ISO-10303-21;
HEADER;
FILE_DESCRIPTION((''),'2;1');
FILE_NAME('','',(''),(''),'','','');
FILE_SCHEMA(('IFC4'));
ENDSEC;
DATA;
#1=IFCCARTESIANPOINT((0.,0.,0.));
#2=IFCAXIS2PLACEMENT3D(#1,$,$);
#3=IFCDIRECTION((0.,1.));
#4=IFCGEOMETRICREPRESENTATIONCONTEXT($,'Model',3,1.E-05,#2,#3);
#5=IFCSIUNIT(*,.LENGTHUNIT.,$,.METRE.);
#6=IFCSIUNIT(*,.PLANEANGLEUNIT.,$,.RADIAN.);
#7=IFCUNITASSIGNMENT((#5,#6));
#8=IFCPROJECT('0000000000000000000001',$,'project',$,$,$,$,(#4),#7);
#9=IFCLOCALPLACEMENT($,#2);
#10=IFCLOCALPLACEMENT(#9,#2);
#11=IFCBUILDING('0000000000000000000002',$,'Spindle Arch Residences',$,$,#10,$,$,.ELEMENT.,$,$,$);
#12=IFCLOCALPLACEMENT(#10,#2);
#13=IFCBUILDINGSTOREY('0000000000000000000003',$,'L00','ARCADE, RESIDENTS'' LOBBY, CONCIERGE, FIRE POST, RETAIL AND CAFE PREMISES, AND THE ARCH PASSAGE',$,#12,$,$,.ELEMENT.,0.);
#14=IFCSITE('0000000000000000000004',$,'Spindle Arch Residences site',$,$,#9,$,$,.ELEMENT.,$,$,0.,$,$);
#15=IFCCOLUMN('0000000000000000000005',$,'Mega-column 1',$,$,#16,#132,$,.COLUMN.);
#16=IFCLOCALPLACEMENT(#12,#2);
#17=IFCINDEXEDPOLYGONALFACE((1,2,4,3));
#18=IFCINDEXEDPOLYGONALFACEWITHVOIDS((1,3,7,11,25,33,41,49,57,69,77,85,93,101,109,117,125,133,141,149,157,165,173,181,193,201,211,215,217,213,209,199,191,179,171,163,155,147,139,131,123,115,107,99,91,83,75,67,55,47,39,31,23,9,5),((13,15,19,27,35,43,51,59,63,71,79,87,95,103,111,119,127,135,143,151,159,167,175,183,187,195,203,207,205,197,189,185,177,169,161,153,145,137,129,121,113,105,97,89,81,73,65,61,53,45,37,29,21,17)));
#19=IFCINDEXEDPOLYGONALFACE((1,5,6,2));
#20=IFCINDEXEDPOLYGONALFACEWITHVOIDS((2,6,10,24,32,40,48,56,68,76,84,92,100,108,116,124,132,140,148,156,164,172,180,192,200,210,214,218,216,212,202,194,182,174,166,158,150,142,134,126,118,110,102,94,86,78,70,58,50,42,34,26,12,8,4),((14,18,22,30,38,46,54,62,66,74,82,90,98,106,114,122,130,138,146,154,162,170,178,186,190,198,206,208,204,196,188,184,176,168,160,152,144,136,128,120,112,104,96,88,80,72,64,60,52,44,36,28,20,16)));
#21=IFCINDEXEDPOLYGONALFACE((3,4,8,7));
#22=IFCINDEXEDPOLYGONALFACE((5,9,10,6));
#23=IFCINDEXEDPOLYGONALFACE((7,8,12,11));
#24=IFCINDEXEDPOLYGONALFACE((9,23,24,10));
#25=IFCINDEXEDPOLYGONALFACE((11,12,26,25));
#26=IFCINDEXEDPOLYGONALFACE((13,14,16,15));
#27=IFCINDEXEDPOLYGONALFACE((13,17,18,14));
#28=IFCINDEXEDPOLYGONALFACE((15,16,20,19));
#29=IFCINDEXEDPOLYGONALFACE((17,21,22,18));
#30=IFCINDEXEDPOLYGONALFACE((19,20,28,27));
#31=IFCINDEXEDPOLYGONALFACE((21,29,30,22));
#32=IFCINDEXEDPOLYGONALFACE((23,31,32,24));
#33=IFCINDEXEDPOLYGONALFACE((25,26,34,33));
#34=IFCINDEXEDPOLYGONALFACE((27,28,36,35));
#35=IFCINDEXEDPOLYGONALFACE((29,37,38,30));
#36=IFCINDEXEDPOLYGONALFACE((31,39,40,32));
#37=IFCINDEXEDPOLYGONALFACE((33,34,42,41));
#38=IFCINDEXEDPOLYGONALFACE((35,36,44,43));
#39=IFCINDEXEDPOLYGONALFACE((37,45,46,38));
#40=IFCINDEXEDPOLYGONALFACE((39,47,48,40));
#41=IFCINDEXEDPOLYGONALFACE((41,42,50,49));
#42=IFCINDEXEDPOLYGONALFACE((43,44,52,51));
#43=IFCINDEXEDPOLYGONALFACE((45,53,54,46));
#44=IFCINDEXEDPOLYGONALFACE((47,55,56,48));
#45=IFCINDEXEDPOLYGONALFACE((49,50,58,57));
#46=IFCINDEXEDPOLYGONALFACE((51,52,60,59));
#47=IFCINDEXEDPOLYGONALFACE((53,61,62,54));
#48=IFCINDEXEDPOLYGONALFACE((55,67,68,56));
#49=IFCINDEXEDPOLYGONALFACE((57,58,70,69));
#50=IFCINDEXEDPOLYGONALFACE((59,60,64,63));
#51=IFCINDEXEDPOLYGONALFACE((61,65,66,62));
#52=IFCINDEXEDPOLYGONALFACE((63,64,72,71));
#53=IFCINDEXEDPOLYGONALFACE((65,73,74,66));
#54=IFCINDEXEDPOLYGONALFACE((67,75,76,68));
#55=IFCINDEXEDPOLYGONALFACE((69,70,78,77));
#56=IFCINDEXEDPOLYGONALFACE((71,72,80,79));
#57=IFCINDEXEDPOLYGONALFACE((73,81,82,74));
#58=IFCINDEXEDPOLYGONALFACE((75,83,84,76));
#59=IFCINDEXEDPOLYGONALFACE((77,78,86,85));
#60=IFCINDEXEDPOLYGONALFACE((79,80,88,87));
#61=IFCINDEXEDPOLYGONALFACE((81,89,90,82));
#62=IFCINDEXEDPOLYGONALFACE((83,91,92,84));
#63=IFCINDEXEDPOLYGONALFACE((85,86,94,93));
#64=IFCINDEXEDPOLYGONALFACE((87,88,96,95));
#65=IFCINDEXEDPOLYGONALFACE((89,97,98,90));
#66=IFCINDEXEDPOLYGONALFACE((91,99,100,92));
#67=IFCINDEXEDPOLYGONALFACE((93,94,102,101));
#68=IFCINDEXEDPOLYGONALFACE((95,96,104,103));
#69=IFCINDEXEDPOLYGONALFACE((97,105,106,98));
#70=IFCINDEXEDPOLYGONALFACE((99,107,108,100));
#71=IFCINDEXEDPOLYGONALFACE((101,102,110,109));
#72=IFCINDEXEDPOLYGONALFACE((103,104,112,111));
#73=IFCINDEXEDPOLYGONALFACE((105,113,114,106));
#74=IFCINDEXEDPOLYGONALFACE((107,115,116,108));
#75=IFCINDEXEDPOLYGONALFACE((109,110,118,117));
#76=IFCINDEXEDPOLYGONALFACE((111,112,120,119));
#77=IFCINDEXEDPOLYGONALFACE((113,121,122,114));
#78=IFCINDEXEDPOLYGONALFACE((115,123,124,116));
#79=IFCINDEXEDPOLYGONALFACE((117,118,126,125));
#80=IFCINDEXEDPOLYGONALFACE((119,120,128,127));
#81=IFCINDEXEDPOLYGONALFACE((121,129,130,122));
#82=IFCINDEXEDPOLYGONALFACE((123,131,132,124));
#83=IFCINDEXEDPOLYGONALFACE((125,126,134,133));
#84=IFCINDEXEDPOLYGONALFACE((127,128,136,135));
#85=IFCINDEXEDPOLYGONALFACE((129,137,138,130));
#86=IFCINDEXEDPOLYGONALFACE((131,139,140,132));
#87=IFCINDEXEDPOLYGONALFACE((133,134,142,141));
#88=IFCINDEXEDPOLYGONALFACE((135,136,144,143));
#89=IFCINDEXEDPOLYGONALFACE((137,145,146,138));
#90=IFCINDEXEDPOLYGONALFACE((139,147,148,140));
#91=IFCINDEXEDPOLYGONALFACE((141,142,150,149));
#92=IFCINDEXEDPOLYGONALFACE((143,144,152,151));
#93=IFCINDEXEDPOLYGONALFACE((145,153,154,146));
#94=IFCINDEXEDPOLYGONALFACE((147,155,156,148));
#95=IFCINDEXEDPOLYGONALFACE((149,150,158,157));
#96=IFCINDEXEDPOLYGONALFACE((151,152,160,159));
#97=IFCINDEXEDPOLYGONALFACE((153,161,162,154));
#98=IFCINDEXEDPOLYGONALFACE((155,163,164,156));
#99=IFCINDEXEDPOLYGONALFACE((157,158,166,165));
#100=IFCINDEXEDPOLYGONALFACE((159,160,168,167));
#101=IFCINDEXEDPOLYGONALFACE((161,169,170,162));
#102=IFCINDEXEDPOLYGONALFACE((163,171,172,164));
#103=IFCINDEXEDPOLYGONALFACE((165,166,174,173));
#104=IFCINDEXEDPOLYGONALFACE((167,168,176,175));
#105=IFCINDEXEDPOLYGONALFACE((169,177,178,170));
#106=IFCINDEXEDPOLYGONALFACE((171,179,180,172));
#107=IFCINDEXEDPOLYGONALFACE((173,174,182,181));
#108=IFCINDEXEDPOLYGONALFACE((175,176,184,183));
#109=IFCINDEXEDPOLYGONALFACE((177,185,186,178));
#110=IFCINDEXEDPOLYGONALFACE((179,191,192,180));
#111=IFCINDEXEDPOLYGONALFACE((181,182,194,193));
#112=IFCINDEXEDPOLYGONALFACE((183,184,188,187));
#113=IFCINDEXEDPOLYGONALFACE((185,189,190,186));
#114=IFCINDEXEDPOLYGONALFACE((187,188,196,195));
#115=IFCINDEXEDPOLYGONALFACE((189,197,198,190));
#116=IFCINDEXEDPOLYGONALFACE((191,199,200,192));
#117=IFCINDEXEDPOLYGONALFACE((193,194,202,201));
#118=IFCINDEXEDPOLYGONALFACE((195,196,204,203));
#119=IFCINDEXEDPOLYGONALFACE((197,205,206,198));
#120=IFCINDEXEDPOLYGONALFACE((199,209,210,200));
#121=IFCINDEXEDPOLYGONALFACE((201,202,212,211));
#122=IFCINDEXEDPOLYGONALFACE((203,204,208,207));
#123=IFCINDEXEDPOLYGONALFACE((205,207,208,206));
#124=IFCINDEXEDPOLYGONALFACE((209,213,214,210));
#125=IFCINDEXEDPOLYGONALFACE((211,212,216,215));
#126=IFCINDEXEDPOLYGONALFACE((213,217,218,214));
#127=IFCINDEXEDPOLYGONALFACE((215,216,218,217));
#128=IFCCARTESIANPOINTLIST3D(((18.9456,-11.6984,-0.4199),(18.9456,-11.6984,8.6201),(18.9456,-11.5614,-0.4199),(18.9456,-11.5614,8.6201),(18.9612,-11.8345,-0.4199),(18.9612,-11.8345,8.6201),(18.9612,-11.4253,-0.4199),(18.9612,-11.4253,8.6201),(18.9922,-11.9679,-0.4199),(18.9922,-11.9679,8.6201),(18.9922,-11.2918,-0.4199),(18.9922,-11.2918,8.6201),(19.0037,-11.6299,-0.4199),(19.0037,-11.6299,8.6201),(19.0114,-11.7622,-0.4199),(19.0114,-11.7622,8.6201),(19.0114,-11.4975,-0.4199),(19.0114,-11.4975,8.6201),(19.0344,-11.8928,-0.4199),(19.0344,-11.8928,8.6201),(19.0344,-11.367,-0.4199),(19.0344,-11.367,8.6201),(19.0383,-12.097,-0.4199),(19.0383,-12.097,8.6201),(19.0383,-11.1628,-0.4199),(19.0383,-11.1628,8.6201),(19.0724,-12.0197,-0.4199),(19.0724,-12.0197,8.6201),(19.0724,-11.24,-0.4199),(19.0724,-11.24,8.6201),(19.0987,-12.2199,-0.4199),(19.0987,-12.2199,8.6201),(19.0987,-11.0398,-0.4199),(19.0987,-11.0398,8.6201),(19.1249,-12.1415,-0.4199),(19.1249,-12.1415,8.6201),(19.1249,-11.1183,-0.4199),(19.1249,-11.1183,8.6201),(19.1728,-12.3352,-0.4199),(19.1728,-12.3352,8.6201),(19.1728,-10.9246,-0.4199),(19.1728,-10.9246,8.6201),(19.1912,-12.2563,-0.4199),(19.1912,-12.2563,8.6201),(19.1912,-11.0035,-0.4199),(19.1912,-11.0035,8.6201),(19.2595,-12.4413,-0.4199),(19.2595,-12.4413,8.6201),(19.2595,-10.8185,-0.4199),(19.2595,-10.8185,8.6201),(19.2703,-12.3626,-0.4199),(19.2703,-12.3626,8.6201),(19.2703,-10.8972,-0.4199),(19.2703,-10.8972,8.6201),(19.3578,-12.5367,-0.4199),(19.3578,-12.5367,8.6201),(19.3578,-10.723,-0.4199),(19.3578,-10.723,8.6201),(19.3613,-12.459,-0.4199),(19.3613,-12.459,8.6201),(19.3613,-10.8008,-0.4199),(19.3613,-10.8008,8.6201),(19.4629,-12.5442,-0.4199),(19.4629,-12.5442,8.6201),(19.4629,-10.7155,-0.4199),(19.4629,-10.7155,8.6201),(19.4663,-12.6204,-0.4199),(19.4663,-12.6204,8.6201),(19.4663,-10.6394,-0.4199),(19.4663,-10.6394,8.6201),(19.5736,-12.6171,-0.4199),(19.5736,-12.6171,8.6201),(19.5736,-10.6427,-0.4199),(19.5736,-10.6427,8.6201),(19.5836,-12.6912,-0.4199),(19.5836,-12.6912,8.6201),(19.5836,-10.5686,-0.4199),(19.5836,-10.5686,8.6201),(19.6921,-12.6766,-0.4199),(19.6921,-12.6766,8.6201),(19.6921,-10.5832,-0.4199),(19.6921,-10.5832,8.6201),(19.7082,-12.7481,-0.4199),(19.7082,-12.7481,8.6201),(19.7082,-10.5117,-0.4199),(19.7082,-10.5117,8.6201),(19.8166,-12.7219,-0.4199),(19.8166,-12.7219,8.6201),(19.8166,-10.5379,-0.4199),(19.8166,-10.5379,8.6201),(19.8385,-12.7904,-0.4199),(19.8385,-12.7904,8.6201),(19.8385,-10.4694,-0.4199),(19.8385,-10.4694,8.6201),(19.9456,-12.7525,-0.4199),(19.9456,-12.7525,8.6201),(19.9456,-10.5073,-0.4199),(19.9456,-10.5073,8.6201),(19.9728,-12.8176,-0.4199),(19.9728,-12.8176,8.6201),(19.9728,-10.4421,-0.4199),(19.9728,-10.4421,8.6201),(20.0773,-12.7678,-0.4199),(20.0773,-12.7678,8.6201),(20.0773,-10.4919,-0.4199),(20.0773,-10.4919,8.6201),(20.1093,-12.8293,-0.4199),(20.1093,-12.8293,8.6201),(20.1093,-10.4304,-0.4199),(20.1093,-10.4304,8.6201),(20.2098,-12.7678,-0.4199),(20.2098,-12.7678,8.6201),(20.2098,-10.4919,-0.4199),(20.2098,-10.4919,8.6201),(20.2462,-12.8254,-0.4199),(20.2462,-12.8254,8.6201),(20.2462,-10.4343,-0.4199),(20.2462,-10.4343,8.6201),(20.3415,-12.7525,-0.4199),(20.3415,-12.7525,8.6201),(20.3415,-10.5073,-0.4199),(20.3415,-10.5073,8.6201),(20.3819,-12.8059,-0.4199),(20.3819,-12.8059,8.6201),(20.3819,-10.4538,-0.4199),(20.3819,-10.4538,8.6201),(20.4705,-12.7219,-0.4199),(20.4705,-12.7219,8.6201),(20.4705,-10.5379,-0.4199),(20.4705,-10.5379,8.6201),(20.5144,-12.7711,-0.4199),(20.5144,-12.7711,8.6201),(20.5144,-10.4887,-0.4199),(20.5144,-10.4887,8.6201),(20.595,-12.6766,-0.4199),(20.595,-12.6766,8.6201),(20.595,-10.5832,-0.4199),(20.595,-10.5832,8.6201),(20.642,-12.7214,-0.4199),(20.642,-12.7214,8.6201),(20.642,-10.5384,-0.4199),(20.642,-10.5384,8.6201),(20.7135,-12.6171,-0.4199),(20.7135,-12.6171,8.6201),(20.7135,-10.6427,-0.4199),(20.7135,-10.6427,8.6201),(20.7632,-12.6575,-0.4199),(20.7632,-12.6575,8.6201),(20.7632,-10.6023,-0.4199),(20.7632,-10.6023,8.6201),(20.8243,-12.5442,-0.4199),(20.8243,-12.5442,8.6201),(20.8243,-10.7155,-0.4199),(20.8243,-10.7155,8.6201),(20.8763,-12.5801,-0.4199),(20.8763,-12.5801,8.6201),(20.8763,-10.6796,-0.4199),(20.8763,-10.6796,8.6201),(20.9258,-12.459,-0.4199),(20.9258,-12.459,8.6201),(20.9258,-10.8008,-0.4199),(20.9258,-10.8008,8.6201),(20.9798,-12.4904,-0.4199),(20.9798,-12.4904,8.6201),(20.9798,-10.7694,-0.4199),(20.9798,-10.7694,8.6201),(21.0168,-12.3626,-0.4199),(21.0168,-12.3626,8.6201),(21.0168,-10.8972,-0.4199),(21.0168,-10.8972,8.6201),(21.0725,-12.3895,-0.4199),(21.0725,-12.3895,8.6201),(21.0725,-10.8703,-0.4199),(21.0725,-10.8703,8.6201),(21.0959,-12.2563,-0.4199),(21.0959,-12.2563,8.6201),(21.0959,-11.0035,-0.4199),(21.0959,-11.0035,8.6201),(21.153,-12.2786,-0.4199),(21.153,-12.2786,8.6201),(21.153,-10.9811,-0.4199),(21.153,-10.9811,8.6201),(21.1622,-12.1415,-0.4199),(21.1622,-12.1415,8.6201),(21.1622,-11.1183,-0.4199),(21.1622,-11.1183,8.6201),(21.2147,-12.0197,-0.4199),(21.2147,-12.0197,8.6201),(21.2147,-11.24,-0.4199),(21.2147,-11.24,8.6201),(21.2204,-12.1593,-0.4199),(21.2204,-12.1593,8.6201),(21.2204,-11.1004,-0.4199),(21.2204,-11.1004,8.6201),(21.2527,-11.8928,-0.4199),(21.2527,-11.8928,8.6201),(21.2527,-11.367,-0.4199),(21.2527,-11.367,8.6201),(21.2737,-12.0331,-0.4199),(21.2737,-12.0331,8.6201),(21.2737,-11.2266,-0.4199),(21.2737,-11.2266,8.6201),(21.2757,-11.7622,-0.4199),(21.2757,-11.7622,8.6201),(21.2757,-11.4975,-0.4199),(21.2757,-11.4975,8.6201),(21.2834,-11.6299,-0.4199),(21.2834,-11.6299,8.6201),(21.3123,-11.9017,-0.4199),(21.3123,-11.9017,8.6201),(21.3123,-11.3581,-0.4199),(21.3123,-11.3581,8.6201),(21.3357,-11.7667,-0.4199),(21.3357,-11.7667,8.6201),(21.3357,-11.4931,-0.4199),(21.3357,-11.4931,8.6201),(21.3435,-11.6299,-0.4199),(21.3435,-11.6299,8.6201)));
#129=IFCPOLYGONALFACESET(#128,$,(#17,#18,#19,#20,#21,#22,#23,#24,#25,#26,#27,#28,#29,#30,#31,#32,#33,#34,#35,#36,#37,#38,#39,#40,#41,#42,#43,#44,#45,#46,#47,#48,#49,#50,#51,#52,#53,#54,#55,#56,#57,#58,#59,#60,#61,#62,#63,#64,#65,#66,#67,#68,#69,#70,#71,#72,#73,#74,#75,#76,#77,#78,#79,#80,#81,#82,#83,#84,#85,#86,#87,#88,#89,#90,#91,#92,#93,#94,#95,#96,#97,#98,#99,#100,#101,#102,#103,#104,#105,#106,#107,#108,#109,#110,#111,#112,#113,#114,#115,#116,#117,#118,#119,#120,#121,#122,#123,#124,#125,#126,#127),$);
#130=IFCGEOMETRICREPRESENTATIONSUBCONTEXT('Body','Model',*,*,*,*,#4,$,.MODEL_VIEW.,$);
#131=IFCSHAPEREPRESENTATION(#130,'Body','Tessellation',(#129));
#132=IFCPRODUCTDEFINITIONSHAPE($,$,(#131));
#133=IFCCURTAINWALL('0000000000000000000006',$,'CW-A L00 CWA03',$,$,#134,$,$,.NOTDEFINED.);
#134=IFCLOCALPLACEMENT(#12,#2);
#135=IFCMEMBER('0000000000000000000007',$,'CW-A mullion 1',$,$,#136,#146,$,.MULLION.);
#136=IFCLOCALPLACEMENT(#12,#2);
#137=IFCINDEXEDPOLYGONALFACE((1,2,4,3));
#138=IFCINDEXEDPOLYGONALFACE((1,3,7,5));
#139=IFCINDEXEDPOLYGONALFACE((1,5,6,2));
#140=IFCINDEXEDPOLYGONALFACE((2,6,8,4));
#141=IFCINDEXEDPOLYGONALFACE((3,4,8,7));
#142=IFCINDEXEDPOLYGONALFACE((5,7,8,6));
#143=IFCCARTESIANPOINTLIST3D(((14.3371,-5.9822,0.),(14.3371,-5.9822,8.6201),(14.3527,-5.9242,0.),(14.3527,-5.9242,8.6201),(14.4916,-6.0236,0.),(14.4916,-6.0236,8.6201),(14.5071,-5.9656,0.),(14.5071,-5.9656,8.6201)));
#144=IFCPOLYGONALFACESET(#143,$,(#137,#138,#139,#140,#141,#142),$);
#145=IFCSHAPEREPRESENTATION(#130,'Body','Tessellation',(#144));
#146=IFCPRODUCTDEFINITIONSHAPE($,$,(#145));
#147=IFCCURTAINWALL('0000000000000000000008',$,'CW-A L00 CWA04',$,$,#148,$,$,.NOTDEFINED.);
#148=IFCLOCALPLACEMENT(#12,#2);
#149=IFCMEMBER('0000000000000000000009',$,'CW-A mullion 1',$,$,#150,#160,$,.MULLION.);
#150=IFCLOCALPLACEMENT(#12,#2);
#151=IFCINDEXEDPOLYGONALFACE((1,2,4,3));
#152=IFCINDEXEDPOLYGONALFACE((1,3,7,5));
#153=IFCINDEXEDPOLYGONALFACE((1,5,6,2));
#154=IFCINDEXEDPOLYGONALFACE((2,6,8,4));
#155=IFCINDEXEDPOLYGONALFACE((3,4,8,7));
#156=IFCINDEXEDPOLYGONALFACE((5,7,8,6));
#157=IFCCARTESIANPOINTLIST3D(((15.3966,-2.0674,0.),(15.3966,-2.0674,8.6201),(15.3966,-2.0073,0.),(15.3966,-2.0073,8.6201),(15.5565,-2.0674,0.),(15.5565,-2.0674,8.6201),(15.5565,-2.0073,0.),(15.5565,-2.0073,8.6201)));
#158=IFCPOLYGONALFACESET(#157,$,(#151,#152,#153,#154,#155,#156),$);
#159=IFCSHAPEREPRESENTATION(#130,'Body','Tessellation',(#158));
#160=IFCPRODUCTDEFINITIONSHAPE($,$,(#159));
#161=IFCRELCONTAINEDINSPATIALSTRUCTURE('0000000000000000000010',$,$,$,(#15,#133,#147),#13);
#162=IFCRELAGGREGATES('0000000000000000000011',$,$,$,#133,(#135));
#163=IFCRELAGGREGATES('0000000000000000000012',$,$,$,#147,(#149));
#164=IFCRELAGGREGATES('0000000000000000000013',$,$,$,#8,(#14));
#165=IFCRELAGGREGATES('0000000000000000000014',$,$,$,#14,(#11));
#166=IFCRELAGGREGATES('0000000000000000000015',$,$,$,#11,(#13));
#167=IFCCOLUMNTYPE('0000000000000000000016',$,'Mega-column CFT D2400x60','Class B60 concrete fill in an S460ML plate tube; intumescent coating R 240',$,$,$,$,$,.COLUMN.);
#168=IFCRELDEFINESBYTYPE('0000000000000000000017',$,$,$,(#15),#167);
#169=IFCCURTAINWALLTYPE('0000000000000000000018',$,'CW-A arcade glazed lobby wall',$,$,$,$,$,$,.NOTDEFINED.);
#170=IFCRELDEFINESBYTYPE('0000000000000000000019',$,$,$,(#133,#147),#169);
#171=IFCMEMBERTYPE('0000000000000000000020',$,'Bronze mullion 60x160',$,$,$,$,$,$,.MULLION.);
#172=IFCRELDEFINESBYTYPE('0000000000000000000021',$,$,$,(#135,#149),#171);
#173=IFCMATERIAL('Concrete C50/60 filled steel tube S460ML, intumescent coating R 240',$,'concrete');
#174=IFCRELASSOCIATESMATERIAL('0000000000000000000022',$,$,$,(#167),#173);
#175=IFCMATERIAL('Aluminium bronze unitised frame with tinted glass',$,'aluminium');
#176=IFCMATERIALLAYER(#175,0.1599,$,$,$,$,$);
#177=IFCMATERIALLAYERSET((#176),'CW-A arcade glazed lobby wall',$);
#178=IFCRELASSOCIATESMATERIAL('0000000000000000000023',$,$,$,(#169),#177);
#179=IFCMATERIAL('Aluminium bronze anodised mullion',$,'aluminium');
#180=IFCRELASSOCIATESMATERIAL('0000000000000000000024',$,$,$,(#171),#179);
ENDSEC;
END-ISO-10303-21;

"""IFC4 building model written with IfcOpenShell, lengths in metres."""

from ifc_helpers import new_model, si_unit, direction, frame, origin, origin_2d, place, context, subcontext, project, spatial, rectangle, hollow_circle, extrude, material, layer, layer_set, material_profile, profile_set, type_object, element, aggregate, save


model = new_model("IFC4")

# Units and contexts
model_context = context("Model", 3, precision=1e-05, world=origin(), true_north=direction((0.0, 1.0)))
body_context = subcontext(model_context, "Body", "Model", "MODEL_VIEW")
ifc_project = project(units=[si_unit("LENGTHUNIT", "METRE"), si_unit("PLANEANGLEUNIT", "RADIAN")], contexts=[model_context])

# Site, building, storey
site_placement = place(None, origin())
site = spatial("IfcSite", under=ifc_project, at=site_placement, Name="Spindle Arch Residences site", CompositionType="ELEMENT", RefElevation=0.0)
building_placement = place(site_placement, origin())
building = spatial("IfcBuilding", under=site, at=building_placement, Name="Spindle Arch Residences", CompositionType="ELEMENT")
storey_placement = place(building_placement, origin())
storey = spatial("IfcBuildingStorey", under=building, at=storey_placement, Name="L00", Description="ARCADE, RESIDENTS' LOBBY, CONCIERGE, FIRE POST, RETAIL AND CAFE PREMISES, AND THE ARCH PASSAGE", CompositionType="ELEMENT", Elevation=0.0)

# Column
ifc_material_1 = material(Name="Concrete C50/60 filled steel tube S460ML, intumescent coating R 240", Category="concrete")
ifc_material_profile_1 = material_profile(ifc_material_1, hollow_circle(Radius=1.2, WallThickness=0.0601, at=origin_2d()), Name="CFT D2400x60")
ifc_profile_set_1 = profile_set([ifc_material_profile_1], Name="Concrete C50/60 filled steel tube S460ML, intumescent coating R 240")
column_type_1 = type_object("IfcColumnType", Name="Mega-column CFT D2400x60", Description="Class B60 concrete fill in an S460ML plate tube; intumescent coating R 240", PredefinedType="COLUMN", material=ifc_profile_set_1)
column_1_placement = place(storey_placement, frame((20.1436, -11.6299, -0.4199), z_axis=(0.0, 0.0, 1.0), x_axis=(1.0, 0.0, 0.0)))
element("IfcColumn", 1, at=column_1_placement, inside=storey, type_object=column_type_1, Name="Mega-column 1", PredefinedType="COLUMN", context=body_context, shape_type="SweptSolid", body=[
    extrude(hollow_circle(Radius=1.2, WallThickness=0.0601, at=origin_2d()), origin(), (0.0, 0.0, 1.0), 9.04),
])

# Curtain walls, members
ifc_material_2 = material(Name="Aluminium bronze unitised frame with tinted glass", Category="aluminium")
ifc_layer_1 = layer(ifc_material_2, 0.1599)
ifc_layer_set_1 = layer_set([ifc_layer_1], Name="CW-A arcade glazed lobby wall")
curtain_wall_type = type_object("IfcCurtainWallType", Name="CW-A arcade glazed lobby wall", PredefinedType="NOTDEFINED", material=ifc_layer_set_1)
curtain_wall_1_placement = place(storey_placement, origin())
curtain_wall_1 = element("IfcCurtainWall", 2, at=curtain_wall_1_placement, inside=storey, type_object=curtain_wall_type, Name="CW-A L00 CWA03", PredefinedType="NOTDEFINED")
ifc_material_3 = material(Name="Aluminium bronze anodised mullion", Category="aluminium")
ifc_material_profile_2 = material_profile(ifc_material_3, rectangle(XDim=0.1599, YDim=0.0601, at=origin_2d()), Name="MU 60x160")
ifc_profile_set_2 = profile_set([ifc_material_profile_2], Name="Aluminium bronze anodised mullion")
member_type = type_object("IfcMemberType", Name="Bronze mullion 60x160", PredefinedType="MULLION", material=ifc_profile_set_2)
member_1_placement = place(storey_placement, frame((14.4221, -5.9739, 0.0), z_axis=(0.0, 0.0, 1.0), x_axis=(-0.965935, 0.258786, 0.0)))
member_1 = element("IfcMember", 3, at=member_1_placement, type_object=member_type, Name="CW-A mullion 1", PredefinedType="MULLION", context=body_context, shape_type="SweptSolid", body=[
    extrude(rectangle(XDim=0.1599, YDim=0.0601, at=origin_2d()), origin(), (0.0, 0.0, 1.0), 8.6201),
])
curtain_wall_2_placement = place(storey_placement, origin())
curtain_wall_2 = element("IfcCurtainWall", 4, at=curtain_wall_2_placement, inside=storey, type_object=curtain_wall_type, Name="CW-A L00 CWA04", PredefinedType="NOTDEFINED")
member_2_placement = place(storey_placement, frame((15.4766, -2.0374, 0.0), z_axis=(0.0, 0.0, 1.0), x_axis=(-1.0, 0.0, 0.0)))
member_2 = element("IfcMember", 5, at=member_2_placement, type_object=member_type, Name="CW-A mullion 1", PredefinedType="MULLION", context=body_context, shape_type="SweptSolid", body=[
    extrude(rectangle(XDim=0.1599, YDim=0.0601, at=origin_2d()), origin(), (0.0, 0.0, 1.0), 8.6201),
])

aggregate(curtain_wall_1, [member_1])
aggregate(curtain_wall_2, [member_2])

save(model, "model.ifc")
